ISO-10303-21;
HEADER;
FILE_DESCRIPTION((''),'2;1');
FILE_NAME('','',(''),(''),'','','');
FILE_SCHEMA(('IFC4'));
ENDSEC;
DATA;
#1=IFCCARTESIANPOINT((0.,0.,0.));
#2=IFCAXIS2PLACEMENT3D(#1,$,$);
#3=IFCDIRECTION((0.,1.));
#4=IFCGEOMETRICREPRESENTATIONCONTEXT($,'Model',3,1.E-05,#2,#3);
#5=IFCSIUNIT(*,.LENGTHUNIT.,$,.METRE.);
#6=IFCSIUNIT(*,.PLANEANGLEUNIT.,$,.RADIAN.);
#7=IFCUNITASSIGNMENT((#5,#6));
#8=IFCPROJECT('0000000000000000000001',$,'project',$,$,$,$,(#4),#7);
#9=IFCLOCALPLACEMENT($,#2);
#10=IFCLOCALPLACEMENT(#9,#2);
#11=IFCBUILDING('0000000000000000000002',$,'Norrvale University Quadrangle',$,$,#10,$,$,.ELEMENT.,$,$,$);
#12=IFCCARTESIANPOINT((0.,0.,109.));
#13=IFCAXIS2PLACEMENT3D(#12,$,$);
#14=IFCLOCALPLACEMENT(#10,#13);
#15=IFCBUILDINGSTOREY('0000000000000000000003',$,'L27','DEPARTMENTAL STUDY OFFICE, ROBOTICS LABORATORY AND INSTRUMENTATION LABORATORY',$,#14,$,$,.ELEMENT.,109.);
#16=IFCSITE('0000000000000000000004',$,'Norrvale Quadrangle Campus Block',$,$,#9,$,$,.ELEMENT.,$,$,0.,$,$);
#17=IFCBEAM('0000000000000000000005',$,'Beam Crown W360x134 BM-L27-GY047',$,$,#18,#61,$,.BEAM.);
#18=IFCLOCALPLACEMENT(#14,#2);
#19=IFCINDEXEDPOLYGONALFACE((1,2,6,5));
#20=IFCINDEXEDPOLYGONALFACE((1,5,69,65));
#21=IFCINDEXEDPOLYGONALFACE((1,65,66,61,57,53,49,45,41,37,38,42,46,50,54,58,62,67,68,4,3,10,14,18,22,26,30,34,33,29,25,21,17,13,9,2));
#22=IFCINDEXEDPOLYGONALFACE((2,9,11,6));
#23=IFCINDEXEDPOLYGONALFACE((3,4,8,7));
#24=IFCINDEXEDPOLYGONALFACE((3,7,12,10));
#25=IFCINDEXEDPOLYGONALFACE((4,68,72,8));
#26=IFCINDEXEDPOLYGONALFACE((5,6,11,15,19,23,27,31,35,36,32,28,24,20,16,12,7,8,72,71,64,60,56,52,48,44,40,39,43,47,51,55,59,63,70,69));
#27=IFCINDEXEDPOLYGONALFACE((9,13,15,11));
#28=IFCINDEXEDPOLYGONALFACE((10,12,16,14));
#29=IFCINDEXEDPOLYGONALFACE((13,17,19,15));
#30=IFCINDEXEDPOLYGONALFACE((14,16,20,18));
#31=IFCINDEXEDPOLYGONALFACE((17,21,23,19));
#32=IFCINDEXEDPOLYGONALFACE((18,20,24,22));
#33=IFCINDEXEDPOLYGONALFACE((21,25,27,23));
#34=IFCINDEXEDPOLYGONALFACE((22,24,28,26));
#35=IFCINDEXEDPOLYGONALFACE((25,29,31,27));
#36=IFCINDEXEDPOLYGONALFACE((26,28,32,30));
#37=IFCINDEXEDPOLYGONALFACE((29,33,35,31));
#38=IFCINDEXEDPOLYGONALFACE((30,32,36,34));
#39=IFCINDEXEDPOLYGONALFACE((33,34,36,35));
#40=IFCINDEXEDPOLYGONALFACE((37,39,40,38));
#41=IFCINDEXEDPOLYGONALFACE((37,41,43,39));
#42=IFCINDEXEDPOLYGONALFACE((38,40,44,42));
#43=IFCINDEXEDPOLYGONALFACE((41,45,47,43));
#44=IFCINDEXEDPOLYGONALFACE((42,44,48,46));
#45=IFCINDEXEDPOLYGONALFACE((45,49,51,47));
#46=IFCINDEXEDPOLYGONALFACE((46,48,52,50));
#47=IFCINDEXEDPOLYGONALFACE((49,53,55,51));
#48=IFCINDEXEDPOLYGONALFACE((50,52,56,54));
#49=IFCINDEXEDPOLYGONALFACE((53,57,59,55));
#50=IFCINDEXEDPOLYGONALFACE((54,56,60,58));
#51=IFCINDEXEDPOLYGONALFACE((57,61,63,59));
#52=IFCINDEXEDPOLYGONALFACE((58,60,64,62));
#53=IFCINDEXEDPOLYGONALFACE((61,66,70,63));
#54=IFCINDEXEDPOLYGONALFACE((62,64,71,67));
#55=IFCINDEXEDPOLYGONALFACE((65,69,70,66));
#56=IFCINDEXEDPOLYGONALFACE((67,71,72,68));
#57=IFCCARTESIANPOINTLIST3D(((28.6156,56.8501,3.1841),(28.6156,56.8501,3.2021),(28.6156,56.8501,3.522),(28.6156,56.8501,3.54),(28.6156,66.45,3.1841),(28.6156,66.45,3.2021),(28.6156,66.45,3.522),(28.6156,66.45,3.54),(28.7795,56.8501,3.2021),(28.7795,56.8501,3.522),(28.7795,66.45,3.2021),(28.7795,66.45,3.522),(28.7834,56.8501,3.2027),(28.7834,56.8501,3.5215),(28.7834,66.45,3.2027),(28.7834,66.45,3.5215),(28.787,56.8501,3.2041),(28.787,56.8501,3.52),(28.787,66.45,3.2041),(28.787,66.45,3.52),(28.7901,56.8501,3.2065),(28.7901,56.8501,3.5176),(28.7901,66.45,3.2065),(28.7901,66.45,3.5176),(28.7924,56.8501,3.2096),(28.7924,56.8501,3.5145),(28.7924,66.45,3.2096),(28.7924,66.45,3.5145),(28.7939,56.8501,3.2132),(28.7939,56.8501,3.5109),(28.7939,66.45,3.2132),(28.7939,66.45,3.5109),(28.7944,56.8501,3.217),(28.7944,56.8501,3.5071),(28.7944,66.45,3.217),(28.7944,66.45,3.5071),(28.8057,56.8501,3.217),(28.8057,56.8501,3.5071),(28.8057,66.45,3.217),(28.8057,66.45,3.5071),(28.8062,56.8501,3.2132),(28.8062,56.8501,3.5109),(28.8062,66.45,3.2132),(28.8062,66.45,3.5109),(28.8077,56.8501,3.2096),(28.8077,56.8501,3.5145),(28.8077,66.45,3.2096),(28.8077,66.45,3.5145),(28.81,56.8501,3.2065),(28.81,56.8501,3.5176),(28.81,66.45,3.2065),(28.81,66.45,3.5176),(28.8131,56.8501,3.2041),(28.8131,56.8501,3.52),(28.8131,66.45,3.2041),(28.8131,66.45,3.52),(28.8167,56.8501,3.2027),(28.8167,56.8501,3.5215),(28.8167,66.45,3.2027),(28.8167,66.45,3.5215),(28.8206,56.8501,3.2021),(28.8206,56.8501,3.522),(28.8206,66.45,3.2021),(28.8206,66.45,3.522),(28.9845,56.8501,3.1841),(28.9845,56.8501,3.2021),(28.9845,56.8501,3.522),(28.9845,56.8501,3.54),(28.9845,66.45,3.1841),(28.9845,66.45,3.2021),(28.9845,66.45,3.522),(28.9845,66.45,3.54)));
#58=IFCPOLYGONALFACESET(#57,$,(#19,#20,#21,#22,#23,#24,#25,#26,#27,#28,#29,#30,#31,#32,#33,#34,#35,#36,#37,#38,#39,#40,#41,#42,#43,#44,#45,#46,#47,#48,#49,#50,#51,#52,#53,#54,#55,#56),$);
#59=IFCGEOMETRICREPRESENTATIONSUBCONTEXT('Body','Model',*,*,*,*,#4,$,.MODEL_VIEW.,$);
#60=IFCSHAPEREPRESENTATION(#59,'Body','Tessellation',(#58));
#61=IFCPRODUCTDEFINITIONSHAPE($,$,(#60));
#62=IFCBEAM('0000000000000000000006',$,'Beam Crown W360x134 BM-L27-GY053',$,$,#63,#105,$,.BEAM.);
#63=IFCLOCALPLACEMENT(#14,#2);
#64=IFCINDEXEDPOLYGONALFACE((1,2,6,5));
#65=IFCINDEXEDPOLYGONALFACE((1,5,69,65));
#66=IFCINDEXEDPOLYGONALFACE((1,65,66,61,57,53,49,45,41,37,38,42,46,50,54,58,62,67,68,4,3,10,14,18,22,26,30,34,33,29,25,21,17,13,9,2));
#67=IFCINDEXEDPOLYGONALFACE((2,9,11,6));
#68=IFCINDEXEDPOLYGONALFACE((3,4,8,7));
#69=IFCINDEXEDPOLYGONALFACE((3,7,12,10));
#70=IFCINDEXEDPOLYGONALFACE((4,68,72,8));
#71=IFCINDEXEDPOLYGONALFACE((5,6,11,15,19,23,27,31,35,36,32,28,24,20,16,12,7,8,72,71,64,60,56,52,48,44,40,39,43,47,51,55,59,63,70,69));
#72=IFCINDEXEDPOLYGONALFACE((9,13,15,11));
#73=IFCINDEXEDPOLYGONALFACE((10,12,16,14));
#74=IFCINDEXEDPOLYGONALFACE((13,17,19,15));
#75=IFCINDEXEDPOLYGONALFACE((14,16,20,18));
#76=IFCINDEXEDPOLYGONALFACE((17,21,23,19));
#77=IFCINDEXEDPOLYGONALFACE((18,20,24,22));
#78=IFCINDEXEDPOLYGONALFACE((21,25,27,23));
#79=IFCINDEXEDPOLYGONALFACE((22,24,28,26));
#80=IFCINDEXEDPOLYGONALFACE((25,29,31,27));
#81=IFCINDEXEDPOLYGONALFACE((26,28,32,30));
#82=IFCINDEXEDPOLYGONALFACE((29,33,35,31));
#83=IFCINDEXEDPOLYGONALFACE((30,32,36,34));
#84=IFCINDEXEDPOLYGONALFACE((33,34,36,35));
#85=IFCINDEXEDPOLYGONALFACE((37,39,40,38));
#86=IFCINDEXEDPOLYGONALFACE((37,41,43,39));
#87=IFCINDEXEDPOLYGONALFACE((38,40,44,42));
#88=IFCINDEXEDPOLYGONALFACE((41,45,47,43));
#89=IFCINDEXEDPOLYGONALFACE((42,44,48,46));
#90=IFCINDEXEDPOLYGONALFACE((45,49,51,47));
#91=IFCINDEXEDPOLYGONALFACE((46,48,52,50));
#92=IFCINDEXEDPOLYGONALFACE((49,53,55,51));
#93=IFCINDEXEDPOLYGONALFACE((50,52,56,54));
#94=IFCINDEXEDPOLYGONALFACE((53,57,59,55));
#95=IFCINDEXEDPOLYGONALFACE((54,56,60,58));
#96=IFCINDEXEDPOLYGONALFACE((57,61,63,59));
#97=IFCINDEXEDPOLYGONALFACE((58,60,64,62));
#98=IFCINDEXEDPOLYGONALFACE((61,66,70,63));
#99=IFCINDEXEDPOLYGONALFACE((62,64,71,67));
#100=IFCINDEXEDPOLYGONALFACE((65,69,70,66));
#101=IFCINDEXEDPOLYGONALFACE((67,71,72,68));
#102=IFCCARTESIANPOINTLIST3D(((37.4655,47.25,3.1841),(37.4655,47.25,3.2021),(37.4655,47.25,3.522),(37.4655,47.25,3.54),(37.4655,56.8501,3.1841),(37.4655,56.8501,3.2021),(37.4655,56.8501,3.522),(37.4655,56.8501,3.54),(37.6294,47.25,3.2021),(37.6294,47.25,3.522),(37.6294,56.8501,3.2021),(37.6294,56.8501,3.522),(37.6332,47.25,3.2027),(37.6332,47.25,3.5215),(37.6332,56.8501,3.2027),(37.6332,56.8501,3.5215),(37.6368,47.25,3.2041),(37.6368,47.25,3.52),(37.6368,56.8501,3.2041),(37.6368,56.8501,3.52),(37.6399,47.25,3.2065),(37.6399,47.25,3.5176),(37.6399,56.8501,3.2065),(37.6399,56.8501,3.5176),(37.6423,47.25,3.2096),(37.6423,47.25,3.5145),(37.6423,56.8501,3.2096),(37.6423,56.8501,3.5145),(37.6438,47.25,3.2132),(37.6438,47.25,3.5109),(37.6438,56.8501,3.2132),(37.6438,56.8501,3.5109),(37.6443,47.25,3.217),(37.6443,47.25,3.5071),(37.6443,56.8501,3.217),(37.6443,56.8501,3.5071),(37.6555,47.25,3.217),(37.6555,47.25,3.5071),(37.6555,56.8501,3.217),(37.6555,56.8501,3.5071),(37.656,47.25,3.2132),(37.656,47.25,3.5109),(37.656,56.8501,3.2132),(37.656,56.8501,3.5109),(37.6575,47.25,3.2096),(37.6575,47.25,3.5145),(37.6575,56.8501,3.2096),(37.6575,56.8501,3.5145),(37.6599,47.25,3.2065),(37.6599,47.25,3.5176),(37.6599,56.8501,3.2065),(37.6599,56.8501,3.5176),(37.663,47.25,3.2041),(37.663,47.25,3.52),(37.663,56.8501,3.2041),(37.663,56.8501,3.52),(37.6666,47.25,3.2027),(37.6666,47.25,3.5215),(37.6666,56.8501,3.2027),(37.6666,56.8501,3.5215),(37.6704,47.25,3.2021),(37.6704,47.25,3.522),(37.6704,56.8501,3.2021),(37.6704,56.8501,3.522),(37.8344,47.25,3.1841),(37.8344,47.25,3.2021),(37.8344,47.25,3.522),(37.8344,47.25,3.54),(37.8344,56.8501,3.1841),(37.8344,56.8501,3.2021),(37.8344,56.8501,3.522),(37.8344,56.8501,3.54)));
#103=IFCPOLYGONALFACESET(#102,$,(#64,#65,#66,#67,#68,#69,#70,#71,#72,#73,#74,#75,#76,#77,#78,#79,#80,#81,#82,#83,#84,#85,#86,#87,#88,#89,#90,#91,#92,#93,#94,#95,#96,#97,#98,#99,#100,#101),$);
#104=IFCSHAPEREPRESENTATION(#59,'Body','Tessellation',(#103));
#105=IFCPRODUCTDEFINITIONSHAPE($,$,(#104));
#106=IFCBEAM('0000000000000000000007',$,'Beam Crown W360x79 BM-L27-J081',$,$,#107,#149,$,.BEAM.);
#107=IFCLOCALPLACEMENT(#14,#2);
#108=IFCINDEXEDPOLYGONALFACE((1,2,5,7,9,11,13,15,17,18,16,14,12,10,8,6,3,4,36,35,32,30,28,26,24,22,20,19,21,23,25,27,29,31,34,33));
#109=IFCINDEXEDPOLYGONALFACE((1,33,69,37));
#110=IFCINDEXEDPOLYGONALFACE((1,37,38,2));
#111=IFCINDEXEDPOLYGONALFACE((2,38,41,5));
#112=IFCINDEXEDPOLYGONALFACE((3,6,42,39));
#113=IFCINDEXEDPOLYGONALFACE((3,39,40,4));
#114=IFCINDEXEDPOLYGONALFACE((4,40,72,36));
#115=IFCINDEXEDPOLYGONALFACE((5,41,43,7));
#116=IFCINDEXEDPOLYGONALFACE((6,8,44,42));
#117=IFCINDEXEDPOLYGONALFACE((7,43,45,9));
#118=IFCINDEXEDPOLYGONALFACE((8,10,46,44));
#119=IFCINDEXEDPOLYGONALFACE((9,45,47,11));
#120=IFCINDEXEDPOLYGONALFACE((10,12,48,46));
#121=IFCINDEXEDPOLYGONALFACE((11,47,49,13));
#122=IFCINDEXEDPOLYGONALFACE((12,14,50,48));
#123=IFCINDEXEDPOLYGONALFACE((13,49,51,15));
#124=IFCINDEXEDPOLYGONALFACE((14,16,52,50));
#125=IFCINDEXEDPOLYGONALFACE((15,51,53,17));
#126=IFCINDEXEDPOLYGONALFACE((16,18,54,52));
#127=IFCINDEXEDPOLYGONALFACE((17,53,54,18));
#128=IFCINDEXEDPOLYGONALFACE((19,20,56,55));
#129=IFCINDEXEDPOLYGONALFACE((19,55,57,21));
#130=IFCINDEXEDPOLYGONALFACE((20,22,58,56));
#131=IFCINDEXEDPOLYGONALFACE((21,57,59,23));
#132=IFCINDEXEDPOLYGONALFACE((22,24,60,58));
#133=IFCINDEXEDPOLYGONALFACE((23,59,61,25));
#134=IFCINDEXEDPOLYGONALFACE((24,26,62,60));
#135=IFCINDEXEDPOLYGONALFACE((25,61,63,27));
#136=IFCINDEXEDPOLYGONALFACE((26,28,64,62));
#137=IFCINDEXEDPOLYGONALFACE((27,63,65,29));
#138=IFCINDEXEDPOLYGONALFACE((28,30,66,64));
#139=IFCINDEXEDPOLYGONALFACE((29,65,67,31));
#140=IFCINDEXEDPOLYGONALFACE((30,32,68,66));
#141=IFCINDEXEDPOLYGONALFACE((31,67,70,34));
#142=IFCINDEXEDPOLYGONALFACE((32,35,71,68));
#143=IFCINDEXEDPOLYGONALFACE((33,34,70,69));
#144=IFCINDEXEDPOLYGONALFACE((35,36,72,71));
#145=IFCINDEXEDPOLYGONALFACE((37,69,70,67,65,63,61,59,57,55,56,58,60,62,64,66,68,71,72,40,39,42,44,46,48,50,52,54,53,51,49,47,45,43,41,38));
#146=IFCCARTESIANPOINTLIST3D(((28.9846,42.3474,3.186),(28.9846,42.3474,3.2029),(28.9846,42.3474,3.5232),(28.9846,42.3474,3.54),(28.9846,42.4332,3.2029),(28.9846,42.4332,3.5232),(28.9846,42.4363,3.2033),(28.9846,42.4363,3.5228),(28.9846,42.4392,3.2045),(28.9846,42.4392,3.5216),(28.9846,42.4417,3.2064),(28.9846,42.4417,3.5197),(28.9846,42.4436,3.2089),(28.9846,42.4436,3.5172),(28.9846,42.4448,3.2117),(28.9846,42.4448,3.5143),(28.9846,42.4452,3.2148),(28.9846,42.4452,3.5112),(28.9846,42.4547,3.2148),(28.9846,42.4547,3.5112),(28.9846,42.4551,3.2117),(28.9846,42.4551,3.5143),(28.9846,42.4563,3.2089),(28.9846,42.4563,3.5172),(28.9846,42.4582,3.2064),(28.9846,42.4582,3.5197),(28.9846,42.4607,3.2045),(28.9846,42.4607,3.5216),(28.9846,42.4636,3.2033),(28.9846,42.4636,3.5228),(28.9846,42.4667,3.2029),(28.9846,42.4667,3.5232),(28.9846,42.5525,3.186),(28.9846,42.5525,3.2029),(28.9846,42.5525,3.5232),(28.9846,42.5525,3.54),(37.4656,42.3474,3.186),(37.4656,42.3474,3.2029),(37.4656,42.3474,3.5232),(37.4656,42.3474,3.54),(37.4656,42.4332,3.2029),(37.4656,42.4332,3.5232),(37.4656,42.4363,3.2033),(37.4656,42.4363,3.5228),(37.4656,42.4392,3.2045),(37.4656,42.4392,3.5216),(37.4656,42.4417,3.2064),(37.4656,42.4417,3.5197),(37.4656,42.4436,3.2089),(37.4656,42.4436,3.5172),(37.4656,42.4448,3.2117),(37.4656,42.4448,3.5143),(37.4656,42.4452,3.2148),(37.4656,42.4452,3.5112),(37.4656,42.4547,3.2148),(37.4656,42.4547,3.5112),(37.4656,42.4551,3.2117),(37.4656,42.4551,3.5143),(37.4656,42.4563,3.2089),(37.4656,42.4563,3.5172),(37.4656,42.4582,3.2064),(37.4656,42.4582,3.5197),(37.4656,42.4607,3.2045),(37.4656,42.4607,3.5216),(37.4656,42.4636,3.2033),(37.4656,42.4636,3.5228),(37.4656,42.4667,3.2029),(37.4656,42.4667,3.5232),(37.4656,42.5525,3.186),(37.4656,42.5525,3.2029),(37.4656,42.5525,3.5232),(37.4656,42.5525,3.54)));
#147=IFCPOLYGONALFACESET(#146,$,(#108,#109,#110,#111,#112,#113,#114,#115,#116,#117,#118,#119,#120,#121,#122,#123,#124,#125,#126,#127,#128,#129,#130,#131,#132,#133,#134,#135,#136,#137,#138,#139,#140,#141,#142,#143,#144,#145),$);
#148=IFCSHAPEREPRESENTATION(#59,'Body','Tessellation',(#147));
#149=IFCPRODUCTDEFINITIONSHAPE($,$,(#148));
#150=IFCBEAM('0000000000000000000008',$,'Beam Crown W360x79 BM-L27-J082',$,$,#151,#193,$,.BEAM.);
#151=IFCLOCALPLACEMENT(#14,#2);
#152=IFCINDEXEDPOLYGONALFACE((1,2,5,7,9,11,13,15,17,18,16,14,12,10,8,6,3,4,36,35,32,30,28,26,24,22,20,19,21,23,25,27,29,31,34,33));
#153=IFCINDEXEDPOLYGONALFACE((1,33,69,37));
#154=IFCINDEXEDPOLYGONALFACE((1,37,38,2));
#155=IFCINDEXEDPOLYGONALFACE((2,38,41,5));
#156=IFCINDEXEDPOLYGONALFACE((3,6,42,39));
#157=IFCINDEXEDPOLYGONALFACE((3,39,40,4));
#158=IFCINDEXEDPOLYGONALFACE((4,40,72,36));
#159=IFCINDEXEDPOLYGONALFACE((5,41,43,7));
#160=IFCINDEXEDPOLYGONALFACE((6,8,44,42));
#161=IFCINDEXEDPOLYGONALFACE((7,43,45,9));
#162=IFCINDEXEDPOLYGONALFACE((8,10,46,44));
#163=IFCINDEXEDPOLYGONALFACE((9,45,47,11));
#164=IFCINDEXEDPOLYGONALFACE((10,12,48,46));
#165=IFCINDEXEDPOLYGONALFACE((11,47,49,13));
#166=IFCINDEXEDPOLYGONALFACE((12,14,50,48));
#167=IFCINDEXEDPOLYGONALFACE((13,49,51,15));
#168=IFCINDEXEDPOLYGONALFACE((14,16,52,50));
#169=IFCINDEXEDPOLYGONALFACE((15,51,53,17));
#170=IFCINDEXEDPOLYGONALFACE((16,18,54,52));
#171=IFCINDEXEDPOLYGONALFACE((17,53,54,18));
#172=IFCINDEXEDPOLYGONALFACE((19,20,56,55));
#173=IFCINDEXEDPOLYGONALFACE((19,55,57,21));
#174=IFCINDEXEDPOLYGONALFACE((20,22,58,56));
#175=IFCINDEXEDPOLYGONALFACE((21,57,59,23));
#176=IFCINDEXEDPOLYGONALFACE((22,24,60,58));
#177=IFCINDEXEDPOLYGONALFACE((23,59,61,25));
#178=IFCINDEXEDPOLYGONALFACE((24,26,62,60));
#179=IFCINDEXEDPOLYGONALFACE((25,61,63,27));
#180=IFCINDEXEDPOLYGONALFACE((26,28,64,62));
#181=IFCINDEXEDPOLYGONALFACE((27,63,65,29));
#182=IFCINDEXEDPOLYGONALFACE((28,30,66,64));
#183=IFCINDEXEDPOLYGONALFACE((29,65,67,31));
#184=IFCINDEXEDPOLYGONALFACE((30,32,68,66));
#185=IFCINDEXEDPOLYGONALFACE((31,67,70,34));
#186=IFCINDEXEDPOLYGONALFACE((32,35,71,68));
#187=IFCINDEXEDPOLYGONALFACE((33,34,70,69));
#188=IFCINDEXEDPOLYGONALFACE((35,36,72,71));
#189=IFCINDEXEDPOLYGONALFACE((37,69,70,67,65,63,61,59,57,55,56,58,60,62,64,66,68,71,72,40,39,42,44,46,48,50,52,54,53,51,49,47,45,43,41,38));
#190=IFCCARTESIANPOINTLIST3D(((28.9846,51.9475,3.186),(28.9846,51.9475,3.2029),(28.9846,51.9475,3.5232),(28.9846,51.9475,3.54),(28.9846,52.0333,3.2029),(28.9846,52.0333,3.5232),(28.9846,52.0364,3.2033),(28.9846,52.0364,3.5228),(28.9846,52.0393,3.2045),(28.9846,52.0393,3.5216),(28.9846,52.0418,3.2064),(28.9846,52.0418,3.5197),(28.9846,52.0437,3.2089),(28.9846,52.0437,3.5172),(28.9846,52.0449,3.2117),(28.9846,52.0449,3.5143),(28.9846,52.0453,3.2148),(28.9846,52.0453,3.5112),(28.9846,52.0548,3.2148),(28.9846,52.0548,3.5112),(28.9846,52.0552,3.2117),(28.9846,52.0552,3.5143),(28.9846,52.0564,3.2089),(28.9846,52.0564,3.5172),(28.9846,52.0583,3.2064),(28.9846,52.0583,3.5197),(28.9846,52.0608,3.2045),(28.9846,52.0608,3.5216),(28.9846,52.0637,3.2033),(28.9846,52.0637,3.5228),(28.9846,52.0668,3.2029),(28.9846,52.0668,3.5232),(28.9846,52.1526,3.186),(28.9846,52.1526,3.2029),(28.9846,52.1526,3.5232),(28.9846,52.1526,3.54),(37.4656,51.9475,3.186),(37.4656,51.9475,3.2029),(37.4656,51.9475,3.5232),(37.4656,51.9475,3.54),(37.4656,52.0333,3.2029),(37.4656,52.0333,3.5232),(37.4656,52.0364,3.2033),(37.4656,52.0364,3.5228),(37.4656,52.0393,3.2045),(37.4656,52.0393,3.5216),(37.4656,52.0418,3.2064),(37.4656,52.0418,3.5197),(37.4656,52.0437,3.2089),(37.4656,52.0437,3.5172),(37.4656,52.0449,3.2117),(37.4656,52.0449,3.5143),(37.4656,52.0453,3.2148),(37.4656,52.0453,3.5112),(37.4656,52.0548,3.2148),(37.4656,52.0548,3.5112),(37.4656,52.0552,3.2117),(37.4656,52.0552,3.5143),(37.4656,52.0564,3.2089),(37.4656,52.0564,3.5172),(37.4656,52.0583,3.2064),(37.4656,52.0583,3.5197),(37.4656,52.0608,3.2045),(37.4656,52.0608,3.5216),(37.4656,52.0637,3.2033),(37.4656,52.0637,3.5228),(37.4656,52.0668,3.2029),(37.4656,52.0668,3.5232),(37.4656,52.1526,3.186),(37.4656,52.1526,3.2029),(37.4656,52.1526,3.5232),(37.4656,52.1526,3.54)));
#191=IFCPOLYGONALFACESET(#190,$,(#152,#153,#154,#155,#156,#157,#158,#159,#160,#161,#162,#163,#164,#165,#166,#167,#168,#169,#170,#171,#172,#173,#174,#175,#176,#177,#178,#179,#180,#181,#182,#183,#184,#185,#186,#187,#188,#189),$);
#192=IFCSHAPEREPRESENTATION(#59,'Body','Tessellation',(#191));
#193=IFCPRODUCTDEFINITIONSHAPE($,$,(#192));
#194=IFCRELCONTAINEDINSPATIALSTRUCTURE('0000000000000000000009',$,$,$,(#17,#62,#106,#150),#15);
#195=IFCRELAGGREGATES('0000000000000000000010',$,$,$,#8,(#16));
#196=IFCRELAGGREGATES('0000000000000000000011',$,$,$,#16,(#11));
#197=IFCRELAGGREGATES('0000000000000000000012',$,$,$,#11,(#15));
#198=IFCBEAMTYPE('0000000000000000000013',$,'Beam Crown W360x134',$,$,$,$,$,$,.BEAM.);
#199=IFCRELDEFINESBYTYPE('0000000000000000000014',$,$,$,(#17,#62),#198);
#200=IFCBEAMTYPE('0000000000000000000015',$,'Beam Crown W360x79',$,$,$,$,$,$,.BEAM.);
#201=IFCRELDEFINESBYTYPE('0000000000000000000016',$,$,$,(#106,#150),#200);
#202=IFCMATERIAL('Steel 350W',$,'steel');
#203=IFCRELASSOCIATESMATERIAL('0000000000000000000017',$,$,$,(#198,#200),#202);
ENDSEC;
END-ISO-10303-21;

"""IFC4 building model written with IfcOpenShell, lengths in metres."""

from ifc_helpers import new_model, si_unit, direction, frame, origin, origin_2d, place, context, subcontext, project, spatial, i_section, extrude, material, material_profile, profile_set, type_object, element, save


model = new_model("IFC4")

# Units and contexts
model_context = context("Model", 3, precision=1e-05, world=origin(), true_north=direction((0.0, 1.0)))
body_context = subcontext(model_context, "Body", "Model", "MODEL_VIEW")
ifc_project = project(units=[si_unit("LENGTHUNIT", "METRE"), si_unit("PLANEANGLEUNIT", "RADIAN")], contexts=[model_context])

# Site, building, storey
site_placement = place(None, origin())
site = spatial("IfcSite", under=ifc_project, at=site_placement, Name="Norrvale Quadrangle Campus Block", CompositionType="ELEMENT", RefElevation=0.0)
building_placement = place(site_placement, origin())
building = spatial("IfcBuilding", under=site, at=building_placement, Name="Norrvale University Quadrangle", CompositionType="ELEMENT")
storey_placement = place(building_placement, frame((0.0, 0.0, 109.0)))
storey = spatial("IfcBuildingStorey", under=building, at=storey_placement, Name="L27", Description="DEPARTMENTAL STUDY OFFICE, ROBOTICS LABORATORY AND INSTRUMENTATION LABORATORY", CompositionType="ELEMENT", Elevation=109.0)

# Beams
ifc_material_1 = material(Name="Steel 350W", Category="steel")
ifc_material_profile_1 = material_profile(ifc_material_1, i_section(OverallWidth=0.3689, OverallDepth=0.356, WebThickness=0.0112, FlangeThickness=0.0181, FilletRadius=0.0149, at=origin_2d()), Name="Steel 350W")
ifc_profile_set_1 = profile_set([ifc_material_profile_1], Name="Steel 350W")
beam_type_1 = type_object("IfcBeamType", Name="Beam Crown W360x134", PredefinedType="BEAM", material=ifc_profile_set_1)
beam_1_placement = place(storey_placement, frame((28.8, 56.8501, 3.3621), z_axis=(0.0, 1.0, 0.0), x_axis=(-1.0, 0.0, 0.0)))
element("IfcBeam", 1, at=beam_1_placement, inside=storey, type_object=beam_type_1, Name="Beam Crown W360x134 BM-L27-GY047", PredefinedType="BEAM", context=body_context, shape_type="SweptSolid", body=[
    extrude(i_section(OverallWidth=0.3689, OverallDepth=0.356, WebThickness=0.0112, FlangeThickness=0.0181, FilletRadius=0.0149, at=origin_2d()), origin(), (0.0, 0.0, 1.0), 9.5999),
])
beam_2_placement = place(storey_placement, frame((37.6499, 47.25, 3.3621), z_axis=(0.0, 1.0, 0.0), x_axis=(-1.0, 0.0, 0.0)))
element("IfcBeam", 2, at=beam_2_placement, inside=storey, type_object=beam_type_1, Name="Beam Crown W360x134 BM-L27-GY053", PredefinedType="BEAM", context=body_context, shape_type="SweptSolid", body=[
    extrude(i_section(OverallWidth=0.3689, OverallDepth=0.356, WebThickness=0.0112, FlangeThickness=0.0181, FilletRadius=0.0149, at=origin_2d()), origin(), (0.0, 0.0, 1.0), 9.6001),
])
ifc_material_profile_2 = material_profile(ifc_material_1, i_section(OverallWidth=0.2051, OverallDepth=0.354, WebThickness=0.0095, FlangeThickness=0.0168, FilletRadius=0.012, at=origin_2d()), Name="Steel 350W")
ifc_profile_set_2 = profile_set([ifc_material_profile_2], Name="Steel 350W")
beam_type_2 = type_object("IfcBeamType", Name="Beam Crown W360x79", PredefinedType="BEAM", material=ifc_profile_set_2)
for number, where, z_axis, x_axis, name in (
    (3, (28.9846, 42.45, 3.363), (1.0, 0.0, 0.0), (0.0, 1.0, 0.0), "Beam Crown W360x79 BM-L27-J081"),
    (4, (28.9846, 52.05, 3.363), (1.0, 0.0, 0.0), (0.0, 1.0, 0.0), "Beam Crown W360x79 BM-L27-J082"),
):
    element("IfcBeam", number, at=place(storey_placement, frame(where, z_axis=z_axis, x_axis=x_axis)), inside=storey, type_object=beam_type_2, Name=name, PredefinedType="BEAM", context=body_context, shape_type="SweptSolid", body=[
        extrude(i_section(OverallWidth=0.2051, OverallDepth=0.354, WebThickness=0.0095, FlangeThickness=0.0168, FilletRadius=0.012, at=origin_2d()), origin(), (0.0, 0.0, 1.0), 8.481),
    ])

save(model, "model.ifc")
